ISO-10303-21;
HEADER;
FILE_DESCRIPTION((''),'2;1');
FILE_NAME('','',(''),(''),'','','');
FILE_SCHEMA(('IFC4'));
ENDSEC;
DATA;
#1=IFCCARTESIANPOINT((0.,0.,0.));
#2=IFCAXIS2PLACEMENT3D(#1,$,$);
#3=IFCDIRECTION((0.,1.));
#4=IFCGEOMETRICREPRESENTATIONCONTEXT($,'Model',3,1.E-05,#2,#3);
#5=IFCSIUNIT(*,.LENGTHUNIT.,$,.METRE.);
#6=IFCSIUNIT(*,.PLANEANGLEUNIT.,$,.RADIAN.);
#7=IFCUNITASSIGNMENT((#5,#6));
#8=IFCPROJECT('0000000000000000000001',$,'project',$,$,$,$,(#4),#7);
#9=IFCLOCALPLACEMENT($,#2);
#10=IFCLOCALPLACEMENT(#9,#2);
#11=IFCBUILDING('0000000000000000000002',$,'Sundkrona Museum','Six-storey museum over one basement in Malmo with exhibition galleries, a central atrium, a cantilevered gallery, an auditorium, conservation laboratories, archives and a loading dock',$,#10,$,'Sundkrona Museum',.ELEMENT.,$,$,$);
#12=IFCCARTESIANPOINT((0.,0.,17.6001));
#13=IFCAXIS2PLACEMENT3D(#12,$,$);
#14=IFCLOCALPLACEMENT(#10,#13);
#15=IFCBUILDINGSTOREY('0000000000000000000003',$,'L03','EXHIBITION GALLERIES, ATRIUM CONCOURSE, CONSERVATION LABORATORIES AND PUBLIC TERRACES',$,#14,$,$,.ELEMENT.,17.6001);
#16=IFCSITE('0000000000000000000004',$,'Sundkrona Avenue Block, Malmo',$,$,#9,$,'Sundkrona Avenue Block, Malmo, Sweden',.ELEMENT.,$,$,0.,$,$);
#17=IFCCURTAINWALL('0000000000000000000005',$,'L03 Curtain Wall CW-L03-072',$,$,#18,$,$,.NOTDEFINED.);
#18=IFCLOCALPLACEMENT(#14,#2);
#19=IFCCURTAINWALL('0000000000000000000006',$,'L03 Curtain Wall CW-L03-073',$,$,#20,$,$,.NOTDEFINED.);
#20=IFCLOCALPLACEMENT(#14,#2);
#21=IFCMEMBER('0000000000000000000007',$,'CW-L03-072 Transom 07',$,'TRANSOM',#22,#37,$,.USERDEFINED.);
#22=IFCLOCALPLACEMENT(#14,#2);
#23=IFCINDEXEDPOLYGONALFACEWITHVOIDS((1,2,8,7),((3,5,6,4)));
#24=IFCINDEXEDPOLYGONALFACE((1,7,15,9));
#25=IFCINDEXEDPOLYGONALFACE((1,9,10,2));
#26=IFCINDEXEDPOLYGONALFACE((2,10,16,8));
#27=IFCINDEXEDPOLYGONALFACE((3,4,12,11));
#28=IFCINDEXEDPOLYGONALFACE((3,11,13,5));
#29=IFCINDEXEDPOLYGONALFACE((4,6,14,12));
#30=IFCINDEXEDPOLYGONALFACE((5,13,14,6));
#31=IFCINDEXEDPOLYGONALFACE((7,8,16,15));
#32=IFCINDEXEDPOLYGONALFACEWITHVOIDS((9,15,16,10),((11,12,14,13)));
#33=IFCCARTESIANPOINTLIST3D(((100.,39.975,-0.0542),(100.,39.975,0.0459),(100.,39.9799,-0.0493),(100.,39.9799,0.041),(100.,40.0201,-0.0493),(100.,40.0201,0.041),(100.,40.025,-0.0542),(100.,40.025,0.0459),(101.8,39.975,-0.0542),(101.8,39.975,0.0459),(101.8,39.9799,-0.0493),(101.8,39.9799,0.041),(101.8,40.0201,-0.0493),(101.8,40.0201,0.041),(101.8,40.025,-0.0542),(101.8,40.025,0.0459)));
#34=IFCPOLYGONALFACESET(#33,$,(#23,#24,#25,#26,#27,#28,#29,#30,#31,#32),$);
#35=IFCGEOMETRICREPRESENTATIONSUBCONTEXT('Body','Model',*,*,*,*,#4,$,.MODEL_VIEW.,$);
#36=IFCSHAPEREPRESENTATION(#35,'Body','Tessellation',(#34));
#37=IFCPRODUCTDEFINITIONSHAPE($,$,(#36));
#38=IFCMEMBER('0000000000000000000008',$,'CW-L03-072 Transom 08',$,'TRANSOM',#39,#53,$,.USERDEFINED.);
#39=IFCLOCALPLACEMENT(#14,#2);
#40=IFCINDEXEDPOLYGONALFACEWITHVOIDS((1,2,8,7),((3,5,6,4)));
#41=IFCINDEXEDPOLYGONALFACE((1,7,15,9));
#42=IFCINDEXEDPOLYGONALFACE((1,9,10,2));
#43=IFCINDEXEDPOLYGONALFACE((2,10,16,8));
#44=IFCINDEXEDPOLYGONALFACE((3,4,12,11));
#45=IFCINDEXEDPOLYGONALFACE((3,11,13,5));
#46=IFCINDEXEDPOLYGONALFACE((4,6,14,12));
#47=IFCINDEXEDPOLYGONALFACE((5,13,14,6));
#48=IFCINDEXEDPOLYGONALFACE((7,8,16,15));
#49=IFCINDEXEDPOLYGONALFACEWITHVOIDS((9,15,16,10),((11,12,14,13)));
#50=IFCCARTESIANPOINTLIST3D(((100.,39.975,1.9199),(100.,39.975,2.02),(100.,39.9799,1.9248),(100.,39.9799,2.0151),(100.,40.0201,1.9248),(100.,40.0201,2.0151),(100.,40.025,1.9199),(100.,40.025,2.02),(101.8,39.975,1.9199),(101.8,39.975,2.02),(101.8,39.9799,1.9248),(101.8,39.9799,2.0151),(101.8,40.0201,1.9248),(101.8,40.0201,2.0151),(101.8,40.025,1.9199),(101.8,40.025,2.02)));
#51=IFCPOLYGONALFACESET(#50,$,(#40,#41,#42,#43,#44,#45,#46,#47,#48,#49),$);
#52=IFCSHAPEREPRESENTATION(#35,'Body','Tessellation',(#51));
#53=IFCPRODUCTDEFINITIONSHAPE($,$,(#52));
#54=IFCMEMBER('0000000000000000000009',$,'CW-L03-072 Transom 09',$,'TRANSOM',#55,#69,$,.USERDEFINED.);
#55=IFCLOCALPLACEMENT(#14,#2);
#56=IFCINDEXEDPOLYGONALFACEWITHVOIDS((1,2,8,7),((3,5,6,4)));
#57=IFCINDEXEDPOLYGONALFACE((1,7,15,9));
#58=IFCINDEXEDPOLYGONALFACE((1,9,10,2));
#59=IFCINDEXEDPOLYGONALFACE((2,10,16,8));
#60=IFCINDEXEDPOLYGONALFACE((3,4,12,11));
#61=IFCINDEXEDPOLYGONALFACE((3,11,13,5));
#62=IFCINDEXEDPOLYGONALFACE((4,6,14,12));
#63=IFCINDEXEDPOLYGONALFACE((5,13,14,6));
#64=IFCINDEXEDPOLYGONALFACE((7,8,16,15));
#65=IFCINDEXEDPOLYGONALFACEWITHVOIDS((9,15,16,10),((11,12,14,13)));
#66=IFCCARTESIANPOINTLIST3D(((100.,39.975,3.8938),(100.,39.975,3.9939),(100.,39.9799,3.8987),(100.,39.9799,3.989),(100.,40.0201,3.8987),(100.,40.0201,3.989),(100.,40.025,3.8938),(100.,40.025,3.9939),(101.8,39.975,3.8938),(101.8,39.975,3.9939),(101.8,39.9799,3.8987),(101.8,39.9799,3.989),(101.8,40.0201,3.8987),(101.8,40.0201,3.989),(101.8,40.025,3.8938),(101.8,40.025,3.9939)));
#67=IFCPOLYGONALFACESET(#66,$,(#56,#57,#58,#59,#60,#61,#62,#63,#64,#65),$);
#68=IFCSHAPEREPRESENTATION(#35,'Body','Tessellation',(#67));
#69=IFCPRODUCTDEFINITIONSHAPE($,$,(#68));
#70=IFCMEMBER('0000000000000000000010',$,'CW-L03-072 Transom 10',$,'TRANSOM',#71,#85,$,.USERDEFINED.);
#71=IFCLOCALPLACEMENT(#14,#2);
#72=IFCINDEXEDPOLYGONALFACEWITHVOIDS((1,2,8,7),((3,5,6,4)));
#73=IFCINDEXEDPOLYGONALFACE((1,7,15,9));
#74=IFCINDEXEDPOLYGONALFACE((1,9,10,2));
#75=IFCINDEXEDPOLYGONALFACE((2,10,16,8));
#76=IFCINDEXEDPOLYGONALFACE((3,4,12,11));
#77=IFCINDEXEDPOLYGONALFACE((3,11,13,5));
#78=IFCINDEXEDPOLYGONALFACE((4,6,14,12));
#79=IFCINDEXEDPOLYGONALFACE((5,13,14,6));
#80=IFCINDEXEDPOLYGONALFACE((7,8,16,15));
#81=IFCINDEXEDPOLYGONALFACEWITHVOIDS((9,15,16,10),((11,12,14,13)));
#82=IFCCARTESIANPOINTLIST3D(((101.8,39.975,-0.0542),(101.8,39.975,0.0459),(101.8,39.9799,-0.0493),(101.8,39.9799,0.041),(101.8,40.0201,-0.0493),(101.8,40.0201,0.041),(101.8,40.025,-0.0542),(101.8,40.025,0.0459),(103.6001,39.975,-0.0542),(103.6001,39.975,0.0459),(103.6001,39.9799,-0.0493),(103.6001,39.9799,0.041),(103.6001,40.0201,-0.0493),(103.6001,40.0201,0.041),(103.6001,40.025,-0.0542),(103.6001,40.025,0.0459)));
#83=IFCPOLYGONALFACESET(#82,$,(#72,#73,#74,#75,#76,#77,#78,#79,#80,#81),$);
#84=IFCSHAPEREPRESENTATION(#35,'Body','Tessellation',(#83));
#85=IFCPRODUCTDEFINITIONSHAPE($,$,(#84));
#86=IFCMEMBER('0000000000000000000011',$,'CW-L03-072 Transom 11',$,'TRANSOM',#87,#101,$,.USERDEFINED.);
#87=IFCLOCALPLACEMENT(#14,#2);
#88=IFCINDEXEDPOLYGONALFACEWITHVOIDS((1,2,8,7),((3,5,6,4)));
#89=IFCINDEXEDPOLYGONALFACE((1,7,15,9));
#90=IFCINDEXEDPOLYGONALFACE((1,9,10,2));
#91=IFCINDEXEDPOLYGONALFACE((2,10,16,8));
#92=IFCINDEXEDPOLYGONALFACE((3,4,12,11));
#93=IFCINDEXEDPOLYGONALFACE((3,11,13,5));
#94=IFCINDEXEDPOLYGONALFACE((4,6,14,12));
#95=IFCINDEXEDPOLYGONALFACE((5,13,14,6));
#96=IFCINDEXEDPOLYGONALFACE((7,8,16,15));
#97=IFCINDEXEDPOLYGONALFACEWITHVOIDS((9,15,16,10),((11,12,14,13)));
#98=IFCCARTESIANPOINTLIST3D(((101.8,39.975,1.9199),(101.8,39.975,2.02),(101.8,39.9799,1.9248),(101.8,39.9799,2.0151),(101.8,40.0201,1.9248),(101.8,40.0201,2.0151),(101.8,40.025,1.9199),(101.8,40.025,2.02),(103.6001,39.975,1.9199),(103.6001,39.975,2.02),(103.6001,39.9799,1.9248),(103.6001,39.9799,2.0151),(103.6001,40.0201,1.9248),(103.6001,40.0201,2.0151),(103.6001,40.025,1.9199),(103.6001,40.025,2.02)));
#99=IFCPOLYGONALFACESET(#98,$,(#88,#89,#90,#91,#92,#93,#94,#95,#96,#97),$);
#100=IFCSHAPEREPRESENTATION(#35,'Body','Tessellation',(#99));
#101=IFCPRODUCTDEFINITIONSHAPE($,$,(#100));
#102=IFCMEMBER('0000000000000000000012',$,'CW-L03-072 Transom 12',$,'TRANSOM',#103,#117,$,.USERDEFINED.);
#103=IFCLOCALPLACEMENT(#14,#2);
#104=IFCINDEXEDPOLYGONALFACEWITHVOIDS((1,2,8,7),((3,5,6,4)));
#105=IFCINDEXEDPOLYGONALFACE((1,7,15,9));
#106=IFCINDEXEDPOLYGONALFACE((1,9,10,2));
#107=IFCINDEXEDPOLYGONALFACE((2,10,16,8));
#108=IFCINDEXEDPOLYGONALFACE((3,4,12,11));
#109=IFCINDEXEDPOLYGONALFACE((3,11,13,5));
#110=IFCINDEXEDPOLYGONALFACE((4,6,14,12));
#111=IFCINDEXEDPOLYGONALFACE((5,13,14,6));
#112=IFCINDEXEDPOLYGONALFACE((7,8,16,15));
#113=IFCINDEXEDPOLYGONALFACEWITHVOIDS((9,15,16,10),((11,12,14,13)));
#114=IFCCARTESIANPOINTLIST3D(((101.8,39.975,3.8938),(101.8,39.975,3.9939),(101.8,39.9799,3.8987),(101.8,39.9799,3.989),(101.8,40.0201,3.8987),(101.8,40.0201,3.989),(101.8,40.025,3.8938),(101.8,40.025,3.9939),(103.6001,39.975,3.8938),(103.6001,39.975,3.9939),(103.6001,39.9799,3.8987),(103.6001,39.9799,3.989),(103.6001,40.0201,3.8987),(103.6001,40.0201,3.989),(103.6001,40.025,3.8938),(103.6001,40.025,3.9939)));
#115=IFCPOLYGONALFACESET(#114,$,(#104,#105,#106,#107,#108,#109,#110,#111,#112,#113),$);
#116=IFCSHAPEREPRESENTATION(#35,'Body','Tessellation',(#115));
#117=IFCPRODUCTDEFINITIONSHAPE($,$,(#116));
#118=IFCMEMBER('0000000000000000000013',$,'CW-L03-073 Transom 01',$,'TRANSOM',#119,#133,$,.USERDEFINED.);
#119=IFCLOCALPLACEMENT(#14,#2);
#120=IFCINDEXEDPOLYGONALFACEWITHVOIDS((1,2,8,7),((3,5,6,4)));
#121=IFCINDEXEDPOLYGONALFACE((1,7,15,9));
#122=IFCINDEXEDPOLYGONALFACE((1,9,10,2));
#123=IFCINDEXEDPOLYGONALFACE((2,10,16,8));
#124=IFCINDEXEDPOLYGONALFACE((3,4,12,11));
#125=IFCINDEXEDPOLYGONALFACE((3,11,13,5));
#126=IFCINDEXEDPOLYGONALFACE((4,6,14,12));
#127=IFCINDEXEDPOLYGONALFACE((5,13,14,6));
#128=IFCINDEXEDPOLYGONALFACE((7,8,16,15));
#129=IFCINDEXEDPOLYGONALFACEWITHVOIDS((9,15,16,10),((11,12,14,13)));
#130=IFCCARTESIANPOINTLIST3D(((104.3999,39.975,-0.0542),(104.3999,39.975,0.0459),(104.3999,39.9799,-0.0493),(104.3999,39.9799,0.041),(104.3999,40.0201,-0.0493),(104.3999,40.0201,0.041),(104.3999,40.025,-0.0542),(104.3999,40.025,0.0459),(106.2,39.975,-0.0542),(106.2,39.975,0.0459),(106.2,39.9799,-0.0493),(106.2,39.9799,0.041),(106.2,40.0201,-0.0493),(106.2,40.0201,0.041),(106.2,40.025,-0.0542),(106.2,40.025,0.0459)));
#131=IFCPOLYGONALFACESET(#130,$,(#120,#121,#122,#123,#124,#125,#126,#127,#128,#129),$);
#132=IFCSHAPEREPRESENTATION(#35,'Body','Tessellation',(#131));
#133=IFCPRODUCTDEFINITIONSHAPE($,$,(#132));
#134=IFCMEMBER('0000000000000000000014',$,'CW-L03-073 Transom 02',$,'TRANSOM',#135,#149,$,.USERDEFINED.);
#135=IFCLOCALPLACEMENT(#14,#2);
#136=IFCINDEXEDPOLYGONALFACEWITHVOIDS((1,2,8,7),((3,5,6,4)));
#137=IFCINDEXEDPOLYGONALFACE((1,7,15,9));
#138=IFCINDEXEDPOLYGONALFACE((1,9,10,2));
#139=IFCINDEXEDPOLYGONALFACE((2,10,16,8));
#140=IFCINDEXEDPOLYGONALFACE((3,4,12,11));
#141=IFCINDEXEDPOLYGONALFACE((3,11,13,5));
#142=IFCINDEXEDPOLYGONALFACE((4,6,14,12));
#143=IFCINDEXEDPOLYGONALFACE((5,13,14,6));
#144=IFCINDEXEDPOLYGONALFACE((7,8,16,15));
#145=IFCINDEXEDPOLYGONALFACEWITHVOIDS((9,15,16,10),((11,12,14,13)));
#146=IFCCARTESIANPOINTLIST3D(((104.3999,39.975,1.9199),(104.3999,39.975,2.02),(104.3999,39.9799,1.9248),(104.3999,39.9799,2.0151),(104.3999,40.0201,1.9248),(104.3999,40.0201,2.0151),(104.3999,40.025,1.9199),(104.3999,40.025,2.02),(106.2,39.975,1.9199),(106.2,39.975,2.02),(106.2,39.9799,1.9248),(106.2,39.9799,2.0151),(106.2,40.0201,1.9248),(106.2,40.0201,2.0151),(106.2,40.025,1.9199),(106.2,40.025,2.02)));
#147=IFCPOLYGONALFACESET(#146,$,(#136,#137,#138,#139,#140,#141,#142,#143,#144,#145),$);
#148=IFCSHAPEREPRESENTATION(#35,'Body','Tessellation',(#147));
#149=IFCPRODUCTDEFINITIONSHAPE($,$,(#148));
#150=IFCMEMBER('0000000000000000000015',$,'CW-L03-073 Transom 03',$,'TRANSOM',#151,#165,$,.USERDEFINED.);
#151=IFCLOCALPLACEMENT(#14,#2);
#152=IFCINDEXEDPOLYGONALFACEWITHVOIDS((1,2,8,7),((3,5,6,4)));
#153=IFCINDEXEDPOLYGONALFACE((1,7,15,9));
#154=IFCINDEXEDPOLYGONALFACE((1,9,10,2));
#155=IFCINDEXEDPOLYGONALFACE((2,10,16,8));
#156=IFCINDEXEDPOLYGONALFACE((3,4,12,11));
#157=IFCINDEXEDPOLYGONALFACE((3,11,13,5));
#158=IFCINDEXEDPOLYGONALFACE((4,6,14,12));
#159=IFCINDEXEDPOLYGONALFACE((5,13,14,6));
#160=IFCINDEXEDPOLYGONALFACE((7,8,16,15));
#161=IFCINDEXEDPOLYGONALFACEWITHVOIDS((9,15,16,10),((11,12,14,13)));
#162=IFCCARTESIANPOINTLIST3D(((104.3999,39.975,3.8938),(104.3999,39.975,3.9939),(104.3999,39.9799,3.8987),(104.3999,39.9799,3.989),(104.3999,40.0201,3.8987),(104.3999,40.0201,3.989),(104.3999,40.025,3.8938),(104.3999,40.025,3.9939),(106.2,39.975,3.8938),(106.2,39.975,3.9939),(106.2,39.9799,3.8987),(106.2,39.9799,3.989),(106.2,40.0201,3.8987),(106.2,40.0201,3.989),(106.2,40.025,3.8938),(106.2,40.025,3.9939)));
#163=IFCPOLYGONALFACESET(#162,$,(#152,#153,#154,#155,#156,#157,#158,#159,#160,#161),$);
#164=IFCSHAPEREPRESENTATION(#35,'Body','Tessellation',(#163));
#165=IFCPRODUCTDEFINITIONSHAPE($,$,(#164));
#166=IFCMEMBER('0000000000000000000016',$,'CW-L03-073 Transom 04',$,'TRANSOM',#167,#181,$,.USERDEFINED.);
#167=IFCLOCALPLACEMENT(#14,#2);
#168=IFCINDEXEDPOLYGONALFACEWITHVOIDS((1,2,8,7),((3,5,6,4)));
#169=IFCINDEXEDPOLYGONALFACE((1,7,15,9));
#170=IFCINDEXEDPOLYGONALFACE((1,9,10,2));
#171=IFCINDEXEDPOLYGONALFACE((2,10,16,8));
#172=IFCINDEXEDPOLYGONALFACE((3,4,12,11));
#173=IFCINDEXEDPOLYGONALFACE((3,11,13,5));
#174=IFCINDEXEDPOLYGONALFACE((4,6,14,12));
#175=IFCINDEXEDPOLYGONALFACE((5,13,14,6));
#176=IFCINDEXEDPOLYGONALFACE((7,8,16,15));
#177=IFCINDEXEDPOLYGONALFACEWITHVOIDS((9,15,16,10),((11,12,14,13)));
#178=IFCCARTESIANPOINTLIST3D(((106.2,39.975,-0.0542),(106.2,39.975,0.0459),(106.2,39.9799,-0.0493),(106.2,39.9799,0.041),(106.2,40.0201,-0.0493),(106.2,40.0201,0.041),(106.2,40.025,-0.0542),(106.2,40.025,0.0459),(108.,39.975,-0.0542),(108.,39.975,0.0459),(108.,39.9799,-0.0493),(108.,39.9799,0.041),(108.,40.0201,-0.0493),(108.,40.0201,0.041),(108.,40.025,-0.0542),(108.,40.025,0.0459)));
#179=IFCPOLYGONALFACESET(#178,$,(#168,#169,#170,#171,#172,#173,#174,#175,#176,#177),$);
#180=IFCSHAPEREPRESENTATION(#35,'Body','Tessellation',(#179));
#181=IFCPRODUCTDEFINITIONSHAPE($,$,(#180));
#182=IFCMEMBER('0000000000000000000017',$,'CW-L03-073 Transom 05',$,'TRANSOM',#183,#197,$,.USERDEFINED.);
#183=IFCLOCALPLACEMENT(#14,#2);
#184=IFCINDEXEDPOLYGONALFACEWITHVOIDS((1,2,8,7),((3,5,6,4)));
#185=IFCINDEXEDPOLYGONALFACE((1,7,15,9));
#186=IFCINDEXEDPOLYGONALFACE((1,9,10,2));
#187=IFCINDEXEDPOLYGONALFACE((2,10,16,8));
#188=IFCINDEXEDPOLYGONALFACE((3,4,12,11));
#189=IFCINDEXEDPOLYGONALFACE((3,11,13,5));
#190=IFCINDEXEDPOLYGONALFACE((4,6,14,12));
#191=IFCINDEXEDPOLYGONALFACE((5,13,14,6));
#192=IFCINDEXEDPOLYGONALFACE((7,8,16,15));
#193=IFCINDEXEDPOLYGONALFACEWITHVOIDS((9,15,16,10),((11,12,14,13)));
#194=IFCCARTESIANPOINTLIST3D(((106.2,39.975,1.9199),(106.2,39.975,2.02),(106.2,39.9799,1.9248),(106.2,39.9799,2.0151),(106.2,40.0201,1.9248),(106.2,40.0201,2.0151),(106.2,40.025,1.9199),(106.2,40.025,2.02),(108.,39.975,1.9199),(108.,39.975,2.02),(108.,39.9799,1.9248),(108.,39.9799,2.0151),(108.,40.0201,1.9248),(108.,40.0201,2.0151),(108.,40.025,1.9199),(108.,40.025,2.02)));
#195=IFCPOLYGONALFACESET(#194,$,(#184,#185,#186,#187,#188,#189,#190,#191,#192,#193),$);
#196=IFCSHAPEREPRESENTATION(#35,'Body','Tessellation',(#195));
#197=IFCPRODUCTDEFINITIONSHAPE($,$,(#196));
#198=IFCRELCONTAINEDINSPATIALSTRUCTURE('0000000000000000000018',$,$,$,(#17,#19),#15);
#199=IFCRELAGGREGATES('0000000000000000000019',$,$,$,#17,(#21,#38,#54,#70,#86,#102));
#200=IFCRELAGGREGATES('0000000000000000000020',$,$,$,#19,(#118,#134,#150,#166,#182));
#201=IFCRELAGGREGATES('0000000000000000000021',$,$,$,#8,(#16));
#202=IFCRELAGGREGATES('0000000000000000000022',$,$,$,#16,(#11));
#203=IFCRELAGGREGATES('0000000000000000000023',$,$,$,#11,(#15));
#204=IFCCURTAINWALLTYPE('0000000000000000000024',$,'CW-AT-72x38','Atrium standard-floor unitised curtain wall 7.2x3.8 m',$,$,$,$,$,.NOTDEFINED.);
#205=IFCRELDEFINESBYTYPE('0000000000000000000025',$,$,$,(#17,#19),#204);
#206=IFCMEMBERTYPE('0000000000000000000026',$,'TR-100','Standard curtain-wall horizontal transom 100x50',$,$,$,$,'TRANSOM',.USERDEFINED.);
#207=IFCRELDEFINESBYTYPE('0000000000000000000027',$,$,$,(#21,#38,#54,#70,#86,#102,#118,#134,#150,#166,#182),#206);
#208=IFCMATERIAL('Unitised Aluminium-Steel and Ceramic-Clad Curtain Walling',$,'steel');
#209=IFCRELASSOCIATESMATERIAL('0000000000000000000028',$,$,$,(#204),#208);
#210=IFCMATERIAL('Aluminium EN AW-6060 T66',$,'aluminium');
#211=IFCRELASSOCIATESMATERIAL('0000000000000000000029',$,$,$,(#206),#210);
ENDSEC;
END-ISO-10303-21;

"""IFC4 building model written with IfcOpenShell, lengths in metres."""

from ifc_helpers import new_model, si_unit, direction, frame, origin, origin_2d, place, context, subcontext, project, spatial, hollow_rectangle, extrude, material, material_profile, profile_set, type_object, element, aggregate, save


model = new_model("IFC4")

# Units and contexts
model_context = context("Model", 3, precision=1e-05, world=origin(), true_north=direction((0.0, 1.0)))
body_context = subcontext(model_context, "Body", "Model", "MODEL_VIEW")
ifc_project = project(units=[si_unit("LENGTHUNIT", "METRE"), si_unit("PLANEANGLEUNIT", "RADIAN")], contexts=[model_context])

# Site, building, storey
site_placement = place(None, origin())
site = spatial("IfcSite", under=ifc_project, at=site_placement, Name="Sundkrona Avenue Block, Malmo", LongName="Sundkrona Avenue Block, Malmo, Sweden", CompositionType="ELEMENT", RefElevation=0.0)
building_placement = place(site_placement, origin())
building = spatial("IfcBuilding", under=site, at=building_placement, Name="Sundkrona Museum", Description="Six-storey museum over one basement in Malmo with exhibition galleries, a central atrium, a cantilevered gallery, an auditorium, conservation laboratories, archives and a loading dock", LongName="Sundkrona Museum", CompositionType="ELEMENT")
storey_placement = place(building_placement, frame((0.0, 0.0, 17.6001)))
storey = spatial("IfcBuildingStorey", under=building, at=storey_placement, Name="L03", Description="EXHIBITION GALLERIES, ATRIUM CONCOURSE, CONSERVATION LABORATORIES AND PUBLIC TERRACES", CompositionType="ELEMENT", Elevation=17.6001)

# Curtain walls
ifc_material_1 = material(Name="Unitised Aluminium-Steel and Ceramic-Clad Curtain Walling", Category="steel")
curtain_wall_type = type_object("IfcCurtainWallType", Name="CW-AT-72x38", Description="Atrium standard-floor unitised curtain wall 7.2x3.8 m", PredefinedType="NOTDEFINED", material=ifc_material_1)
curtain_wall_1_placement = place(storey_placement, origin())
curtain_wall_1 = element("IfcCurtainWall", 1, at=curtain_wall_1_placement, inside=storey, type_object=curtain_wall_type, Name="L03 Curtain Wall CW-L03-072", PredefinedType="NOTDEFINED")
ifc_material_2 = material(Name="Aluminium EN AW-6060 T66", Category="aluminium")
curtain_wall_2_placement = place(storey_placement, origin())
curtain_wall_2 = element("IfcCurtainWall", 2, at=curtain_wall_2_placement, inside=storey, type_object=curtain_wall_type, Name="L03 Curtain Wall CW-L03-073", PredefinedType="NOTDEFINED")

# Members
ifc_material_profile_1 = material_profile(ifc_material_2, hollow_rectangle(XDim=0.05, YDim=0.1001, WallThickness=0.0049, at=origin_2d()), Name="RHS 100x50x5.0")
ifc_profile_set_1 = profile_set([ifc_material_profile_1], Name="Aluminium EN AW-6060 T66")
member_type_1 = type_object("IfcMemberType", Name="TR-100", Description="Standard curtain-wall horizontal transom 100x50", ElementType="TRANSOM", PredefinedType="USERDEFINED", material=ifc_profile_set_1)
member_1_placement = place(storey_placement, frame((100.0, 40.0, -0.0042), z_axis=(1.0, 0.0, 0.0), x_axis=(0.0, 1.0, 0.0)))
member_1 = element("IfcMember", 3, at=member_1_placement, type_object=member_type_1, Name="CW-L03-072 Transom 07", ObjectType="TRANSOM", PredefinedType="USERDEFINED", context=body_context, shape_type="SweptSolid", body=[
    extrude(hollow_rectangle(XDim=0.05, YDim=0.1001, WallThickness=0.0049, at=origin_2d()), origin(), (0.0, 0.0, 1.0), 1.8),
])
member_2_placement = place(storey_placement, frame((100.0, 40.0, 1.97), z_axis=(1.0, 0.0, 0.0), x_axis=(0.0, 1.0, 0.0)))
member_2 = element("IfcMember", 4, at=member_2_placement, type_object=member_type_1, Name="CW-L03-072 Transom 08", ObjectType="TRANSOM", PredefinedType="USERDEFINED", context=body_context, shape_type="SweptSolid", body=[
    extrude(hollow_rectangle(XDim=0.05, YDim=0.1001, WallThickness=0.0049, at=origin_2d()), origin(), (0.0, 0.0, 1.0), 1.8),
])
member_3_placement = place(storey_placement, frame((100.0, 40.0, 3.9438), z_axis=(1.0, 0.0, 0.0), x_axis=(0.0, 1.0, 0.0)))
member_3 = element("IfcMember", 5, at=member_3_placement, type_object=member_type_1, Name="CW-L03-072 Transom 09", ObjectType="TRANSOM", PredefinedType="USERDEFINED", context=body_context, shape_type="SweptSolid", body=[
    extrude(hollow_rectangle(XDim=0.05, YDim=0.1001, WallThickness=0.0049, at=origin_2d()), origin(), (0.0, 0.0, 1.0), 1.8),
])
member_4_placement = place(storey_placement, frame((101.8, 40.0, -0.0042), z_axis=(1.0, 0.0, 0.0), x_axis=(0.0, 1.0, 0.0)))
member_4 = element("IfcMember", 6, at=member_4_placement, type_object=member_type_1, Name="CW-L03-072 Transom 10", ObjectType="TRANSOM", PredefinedType="USERDEFINED", context=body_context, shape_type="SweptSolid", body=[
    extrude(hollow_rectangle(XDim=0.05, YDim=0.1001, WallThickness=0.0049, at=origin_2d()), origin(), (0.0, 0.0, 1.0), 1.8),
])
member_5_placement = place(storey_placement, frame((101.8, 40.0, 1.97), z_axis=(1.0, 0.0, 0.0), x_axis=(0.0, 1.0, 0.0)))
member_5 = element("IfcMember", 7, at=member_5_placement, type_object=member_type_1, Name="CW-L03-072 Transom 11", ObjectType="TRANSOM", PredefinedType="USERDEFINED", context=body_context, shape_type="SweptSolid", body=[
    extrude(hollow_rectangle(XDim=0.05, YDim=0.1001, WallThickness=0.0049, at=origin_2d()), origin(), (0.0, 0.0, 1.0), 1.8),
])
member_6_placement = place(storey_placement, frame((101.8, 40.0, 3.9438), z_axis=(1.0, 0.0, 0.0), x_axis=(0.0, 1.0, 0.0)))
member_6 = element("IfcMember", 8, at=member_6_placement, type_object=member_type_1, Name="CW-L03-072 Transom 12", ObjectType="TRANSOM", PredefinedType="USERDEFINED", context=body_context, shape_type="SweptSolid", body=[
    extrude(hollow_rectangle(XDim=0.05, YDim=0.1001, WallThickness=0.0049, at=origin_2d()), origin(), (0.0, 0.0, 1.0), 1.8),
])
member_7_placement = place(storey_placement, frame((104.3999, 40.0, -0.0042), z_axis=(1.0, 0.0, 0.0), x_axis=(0.0, 1.0, 0.0)))
member_7 = element("IfcMember", 9, at=member_7_placement, type_object=member_type_1, Name="CW-L03-073 Transom 01", ObjectType="TRANSOM", PredefinedType="USERDEFINED", context=body_context, shape_type="SweptSolid", body=[
    extrude(hollow_rectangle(XDim=0.05, YDim=0.1001, WallThickness=0.0049, at=origin_2d()), origin(), (0.0, 0.0, 1.0), 1.8),
])
member_8_placement = place(storey_placement, frame((104.3999, 40.0, 1.97), z_axis=(1.0, 0.0, 0.0), x_axis=(0.0, 1.0, 0.0)))
member_8 = element("IfcMember", 10, at=member_8_placement, type_object=member_type_1, Name="CW-L03-073 Transom 02", ObjectType="TRANSOM", PredefinedType="USERDEFINED", context=body_context, shape_type="SweptSolid", body=[
    extrude(hollow_rectangle(XDim=0.05, YDim=0.1001, WallThickness=0.0049, at=origin_2d()), origin(), (0.0, 0.0, 1.0), 1.8),
])
member_9_placement = place(storey_placement, frame((104.3999, 40.0, 3.9438), z_axis=(1.0, 0.0, 0.0), x_axis=(0.0, 1.0, 0.0)))
member_9 = element("IfcMember", 11, at=member_9_placement, type_object=member_type_1, Name="CW-L03-073 Transom 03", ObjectType="TRANSOM", PredefinedType="USERDEFINED", context=body_context, shape_type="SweptSolid", body=[
    extrude(hollow_rectangle(XDim=0.05, YDim=0.1001, WallThickness=0.0049, at=origin_2d()), origin(), (0.0, 0.0, 1.0), 1.8),
])
member_10_placement = place(storey_placement, frame((106.2, 40.0, -0.0042), z_axis=(1.0, 0.0, 0.0), x_axis=(0.0, 1.0, 0.0)))
member_10 = element("IfcMember", 12, at=member_10_placement, type_object=member_type_1, Name="CW-L03-073 Transom 04", ObjectType="TRANSOM", PredefinedType="USERDEFINED", context=body_context, shape_type="SweptSolid", body=[
    extrude(hollow_rectangle(XDim=0.05, YDim=0.1001, WallThickness=0.0049, at=origin_2d()), origin(), (0.0, 0.0, 1.0), 1.8),
])
member_11_placement = place(storey_placement, frame((106.2, 40.0, 1.97), z_axis=(1.0, 0.0, 0.0), x_axis=(0.0, 1.0, 0.0)))
member_11 = element("IfcMember", 13, at=member_11_placement, type_object=member_type_1, Name="CW-L03-073 Transom 05", ObjectType="TRANSOM", PredefinedType="USERDEFINED", context=body_context, shape_type="SweptSolid", body=[
    extrude(hollow_rectangle(XDim=0.05, YDim=0.1001, WallThickness=0.0049, at=origin_2d()), origin(), (0.0, 0.0, 1.0), 1.8),
])

aggregate(curtain_wall_1, [member_1, member_2, member_3, member_4, member_5, member_6])
aggregate(curtain_wall_2, [member_7, member_8, member_9, member_10, member_11])

save(model, "model.ifc")
